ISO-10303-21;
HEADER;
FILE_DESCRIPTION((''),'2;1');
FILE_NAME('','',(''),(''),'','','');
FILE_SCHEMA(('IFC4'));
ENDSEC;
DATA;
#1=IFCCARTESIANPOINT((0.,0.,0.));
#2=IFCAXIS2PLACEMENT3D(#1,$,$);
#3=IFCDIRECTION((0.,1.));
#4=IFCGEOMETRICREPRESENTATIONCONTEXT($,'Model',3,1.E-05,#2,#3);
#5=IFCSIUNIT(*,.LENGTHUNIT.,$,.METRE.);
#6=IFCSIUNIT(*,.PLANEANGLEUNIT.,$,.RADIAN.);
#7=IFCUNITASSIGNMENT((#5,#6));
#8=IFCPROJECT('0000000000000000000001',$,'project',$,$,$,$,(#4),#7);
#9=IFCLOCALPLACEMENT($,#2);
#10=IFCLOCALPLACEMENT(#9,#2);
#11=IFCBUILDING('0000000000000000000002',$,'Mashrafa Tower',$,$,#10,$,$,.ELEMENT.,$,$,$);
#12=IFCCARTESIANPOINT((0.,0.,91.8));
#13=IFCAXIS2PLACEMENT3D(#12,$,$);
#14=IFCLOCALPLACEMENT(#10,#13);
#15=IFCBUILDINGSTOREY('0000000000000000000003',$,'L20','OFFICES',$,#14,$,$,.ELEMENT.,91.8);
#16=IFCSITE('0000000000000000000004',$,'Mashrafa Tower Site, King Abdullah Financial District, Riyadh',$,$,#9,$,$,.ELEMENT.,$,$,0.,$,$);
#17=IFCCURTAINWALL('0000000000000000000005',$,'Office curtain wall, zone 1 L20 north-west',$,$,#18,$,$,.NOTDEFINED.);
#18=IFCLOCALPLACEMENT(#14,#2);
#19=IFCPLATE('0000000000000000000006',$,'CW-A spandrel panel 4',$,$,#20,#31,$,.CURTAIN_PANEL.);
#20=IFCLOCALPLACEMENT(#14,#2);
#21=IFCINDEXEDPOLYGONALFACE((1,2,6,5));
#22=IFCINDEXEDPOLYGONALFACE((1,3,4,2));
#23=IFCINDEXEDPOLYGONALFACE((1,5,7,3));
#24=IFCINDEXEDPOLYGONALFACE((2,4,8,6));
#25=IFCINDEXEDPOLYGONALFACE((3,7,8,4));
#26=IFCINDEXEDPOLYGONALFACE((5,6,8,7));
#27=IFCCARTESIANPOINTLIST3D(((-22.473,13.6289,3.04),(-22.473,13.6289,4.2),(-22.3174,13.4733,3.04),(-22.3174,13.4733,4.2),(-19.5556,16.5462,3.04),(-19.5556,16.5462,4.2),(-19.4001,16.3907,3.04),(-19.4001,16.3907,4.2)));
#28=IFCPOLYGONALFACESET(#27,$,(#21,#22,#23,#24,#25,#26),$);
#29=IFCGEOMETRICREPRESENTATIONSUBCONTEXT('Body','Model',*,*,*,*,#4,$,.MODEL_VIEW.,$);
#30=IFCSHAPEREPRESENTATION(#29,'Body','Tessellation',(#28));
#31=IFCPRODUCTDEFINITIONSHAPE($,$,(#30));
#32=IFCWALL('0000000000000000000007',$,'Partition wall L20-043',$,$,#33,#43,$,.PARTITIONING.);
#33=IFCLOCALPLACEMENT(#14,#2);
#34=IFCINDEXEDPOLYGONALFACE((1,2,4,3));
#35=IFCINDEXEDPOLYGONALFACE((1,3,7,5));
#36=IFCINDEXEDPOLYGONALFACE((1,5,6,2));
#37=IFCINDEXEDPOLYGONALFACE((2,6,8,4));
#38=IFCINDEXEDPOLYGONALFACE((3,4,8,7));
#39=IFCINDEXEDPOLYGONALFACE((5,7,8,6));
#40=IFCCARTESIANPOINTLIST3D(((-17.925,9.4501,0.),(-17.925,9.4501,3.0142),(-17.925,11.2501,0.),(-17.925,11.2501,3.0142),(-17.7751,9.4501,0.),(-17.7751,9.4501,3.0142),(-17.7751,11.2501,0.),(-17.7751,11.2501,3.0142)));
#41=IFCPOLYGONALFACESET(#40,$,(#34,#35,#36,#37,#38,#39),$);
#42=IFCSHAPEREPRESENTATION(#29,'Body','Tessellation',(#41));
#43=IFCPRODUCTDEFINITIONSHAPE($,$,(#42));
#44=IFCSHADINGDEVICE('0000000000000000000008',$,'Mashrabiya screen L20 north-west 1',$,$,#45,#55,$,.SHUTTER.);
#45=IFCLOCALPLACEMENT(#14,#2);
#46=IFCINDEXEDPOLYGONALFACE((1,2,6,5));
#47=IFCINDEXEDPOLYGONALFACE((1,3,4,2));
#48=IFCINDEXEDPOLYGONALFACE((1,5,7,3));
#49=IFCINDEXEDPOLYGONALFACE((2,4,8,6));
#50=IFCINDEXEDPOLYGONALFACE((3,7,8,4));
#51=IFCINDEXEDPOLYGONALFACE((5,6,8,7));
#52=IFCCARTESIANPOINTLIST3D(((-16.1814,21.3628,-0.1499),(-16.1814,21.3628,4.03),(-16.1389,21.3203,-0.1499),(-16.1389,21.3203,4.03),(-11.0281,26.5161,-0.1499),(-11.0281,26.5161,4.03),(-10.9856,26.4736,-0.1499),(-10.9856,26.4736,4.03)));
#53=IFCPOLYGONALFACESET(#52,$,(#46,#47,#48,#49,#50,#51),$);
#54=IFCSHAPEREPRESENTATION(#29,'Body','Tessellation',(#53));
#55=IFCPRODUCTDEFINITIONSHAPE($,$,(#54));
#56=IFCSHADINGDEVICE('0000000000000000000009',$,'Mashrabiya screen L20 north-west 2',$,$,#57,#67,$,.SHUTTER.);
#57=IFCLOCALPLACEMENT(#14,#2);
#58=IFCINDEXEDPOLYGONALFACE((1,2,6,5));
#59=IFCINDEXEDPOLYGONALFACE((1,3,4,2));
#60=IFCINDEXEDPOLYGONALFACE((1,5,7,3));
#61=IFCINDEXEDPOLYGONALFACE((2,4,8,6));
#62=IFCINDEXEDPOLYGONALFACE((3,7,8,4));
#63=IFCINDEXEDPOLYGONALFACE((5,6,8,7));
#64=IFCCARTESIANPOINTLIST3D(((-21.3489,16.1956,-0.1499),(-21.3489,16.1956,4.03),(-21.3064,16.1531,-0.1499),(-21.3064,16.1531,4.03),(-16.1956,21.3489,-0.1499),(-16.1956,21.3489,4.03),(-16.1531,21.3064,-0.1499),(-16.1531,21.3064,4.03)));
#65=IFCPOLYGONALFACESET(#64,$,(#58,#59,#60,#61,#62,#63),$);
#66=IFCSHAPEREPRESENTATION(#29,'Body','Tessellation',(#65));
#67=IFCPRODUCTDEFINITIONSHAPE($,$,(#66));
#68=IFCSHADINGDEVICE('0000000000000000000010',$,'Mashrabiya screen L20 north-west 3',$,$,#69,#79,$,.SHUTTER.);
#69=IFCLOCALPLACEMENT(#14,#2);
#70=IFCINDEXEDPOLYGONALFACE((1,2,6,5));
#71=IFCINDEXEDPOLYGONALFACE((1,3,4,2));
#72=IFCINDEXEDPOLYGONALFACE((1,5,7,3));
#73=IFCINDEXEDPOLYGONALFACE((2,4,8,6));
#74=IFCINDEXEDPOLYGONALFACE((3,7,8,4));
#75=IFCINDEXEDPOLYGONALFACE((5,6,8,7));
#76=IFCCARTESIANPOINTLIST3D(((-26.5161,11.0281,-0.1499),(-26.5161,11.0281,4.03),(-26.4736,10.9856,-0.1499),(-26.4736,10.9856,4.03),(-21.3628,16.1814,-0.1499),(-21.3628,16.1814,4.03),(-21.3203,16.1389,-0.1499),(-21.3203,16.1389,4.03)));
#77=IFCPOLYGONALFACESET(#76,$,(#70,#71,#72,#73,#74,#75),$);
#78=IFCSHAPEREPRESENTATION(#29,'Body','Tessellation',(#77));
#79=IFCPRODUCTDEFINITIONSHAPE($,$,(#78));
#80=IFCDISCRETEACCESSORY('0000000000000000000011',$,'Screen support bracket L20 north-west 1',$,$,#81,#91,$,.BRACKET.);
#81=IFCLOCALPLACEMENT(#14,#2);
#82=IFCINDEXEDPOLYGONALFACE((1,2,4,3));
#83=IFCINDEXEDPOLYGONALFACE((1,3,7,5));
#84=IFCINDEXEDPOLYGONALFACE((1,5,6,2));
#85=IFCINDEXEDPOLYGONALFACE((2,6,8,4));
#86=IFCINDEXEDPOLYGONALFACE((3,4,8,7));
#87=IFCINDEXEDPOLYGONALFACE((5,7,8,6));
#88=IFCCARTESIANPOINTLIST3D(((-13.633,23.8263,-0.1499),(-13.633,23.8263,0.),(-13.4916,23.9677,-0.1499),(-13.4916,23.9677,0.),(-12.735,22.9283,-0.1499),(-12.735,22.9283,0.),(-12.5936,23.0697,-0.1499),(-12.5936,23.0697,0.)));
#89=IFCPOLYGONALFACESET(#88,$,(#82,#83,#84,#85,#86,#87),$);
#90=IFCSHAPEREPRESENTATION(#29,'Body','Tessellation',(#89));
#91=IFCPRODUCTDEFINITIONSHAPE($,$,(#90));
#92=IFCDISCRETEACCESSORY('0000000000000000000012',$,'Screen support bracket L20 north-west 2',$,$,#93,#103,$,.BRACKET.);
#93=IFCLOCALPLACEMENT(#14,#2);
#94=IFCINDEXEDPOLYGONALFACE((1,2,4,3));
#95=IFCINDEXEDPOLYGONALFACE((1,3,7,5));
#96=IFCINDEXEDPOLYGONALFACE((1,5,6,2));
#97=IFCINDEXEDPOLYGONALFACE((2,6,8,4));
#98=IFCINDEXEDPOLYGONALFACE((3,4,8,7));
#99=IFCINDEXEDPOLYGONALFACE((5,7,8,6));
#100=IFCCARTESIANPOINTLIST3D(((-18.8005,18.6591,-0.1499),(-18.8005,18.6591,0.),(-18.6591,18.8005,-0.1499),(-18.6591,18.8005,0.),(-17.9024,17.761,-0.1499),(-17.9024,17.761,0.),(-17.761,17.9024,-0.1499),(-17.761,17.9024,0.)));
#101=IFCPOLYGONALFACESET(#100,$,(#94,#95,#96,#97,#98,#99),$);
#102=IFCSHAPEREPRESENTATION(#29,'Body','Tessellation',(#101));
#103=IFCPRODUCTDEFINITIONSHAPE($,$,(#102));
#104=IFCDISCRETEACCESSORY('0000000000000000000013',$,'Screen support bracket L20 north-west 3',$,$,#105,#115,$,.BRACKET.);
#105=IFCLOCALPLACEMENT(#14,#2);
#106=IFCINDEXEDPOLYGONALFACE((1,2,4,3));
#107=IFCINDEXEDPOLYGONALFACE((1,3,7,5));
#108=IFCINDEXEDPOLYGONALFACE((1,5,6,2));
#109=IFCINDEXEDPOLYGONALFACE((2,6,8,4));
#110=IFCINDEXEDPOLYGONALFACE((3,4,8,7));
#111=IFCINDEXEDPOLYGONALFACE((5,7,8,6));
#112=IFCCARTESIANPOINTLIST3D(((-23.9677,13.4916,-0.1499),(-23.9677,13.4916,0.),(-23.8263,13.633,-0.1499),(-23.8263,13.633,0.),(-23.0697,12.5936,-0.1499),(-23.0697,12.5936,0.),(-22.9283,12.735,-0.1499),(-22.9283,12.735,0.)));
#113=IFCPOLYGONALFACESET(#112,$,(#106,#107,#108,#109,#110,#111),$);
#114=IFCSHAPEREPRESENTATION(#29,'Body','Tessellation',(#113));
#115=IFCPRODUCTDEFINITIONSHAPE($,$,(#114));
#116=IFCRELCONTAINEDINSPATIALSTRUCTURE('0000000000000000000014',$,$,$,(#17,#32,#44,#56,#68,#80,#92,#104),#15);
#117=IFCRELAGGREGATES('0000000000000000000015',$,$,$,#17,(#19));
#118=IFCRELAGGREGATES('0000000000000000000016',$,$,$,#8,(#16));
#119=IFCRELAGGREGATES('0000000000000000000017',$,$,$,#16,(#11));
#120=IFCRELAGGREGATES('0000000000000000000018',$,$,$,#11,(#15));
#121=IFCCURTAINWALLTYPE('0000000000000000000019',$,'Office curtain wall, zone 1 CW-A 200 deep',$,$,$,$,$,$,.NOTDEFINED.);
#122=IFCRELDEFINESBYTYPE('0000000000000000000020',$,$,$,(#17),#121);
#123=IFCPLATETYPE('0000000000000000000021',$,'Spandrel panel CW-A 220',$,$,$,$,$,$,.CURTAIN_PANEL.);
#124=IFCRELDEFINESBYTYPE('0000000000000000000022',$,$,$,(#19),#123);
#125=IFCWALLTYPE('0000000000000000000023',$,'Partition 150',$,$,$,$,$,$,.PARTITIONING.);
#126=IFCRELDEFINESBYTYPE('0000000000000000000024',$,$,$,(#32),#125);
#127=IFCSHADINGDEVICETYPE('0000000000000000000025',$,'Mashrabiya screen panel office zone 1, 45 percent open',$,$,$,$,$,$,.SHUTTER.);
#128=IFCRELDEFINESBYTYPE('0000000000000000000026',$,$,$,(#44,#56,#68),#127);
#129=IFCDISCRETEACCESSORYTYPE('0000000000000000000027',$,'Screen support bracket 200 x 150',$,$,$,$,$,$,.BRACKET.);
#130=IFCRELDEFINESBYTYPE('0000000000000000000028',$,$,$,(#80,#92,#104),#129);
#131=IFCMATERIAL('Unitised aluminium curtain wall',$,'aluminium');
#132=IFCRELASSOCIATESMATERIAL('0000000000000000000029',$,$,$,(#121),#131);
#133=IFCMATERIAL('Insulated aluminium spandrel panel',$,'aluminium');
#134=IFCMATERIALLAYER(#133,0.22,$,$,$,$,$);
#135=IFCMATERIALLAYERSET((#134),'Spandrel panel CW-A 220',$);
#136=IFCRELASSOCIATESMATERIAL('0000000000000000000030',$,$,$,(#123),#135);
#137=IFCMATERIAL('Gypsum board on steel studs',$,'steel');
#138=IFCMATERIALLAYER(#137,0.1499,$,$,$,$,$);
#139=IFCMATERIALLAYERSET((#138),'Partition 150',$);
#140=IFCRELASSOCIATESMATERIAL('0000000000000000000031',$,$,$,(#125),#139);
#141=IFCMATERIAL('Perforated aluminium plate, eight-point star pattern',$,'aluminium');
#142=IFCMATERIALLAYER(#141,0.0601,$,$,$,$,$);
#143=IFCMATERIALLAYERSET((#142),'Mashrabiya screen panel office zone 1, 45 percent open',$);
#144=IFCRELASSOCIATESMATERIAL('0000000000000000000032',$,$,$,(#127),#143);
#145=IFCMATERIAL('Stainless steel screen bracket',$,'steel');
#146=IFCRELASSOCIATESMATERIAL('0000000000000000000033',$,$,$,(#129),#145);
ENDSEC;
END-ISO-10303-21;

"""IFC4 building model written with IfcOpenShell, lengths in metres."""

from ifc_helpers import new_model, si_unit, direction, frame, frame_2d, origin, origin_2d, place, context, subcontext, project, spatial, rectangle, extrude, source, transform, mapped, material, layer, layer_set, type_object, type_shapes, element, aggregate, save


model = new_model("IFC4")

# Units and contexts
model_context = context("Model", 3, precision=1e-05, world=origin(), true_north=direction((0.0, 1.0)))
body_context = subcontext(model_context, "Body", "Model", "MODEL_VIEW")
ifc_project = project(units=[si_unit("LENGTHUNIT", "METRE"), si_unit("PLANEANGLEUNIT", "RADIAN")], contexts=[model_context])

# Site, building, storey
site_placement = place(None, origin())
site = spatial("IfcSite", under=ifc_project, at=site_placement, Name="Mashrafa Tower Site, King Abdullah Financial District, Riyadh", CompositionType="ELEMENT", RefElevation=0.0)
building_placement = place(site_placement, origin())
building = spatial("IfcBuilding", under=site, at=building_placement, Name="Mashrafa Tower", CompositionType="ELEMENT")
storey_placement = place(building_placement, frame((0.0, 0.0, 91.8)))
storey = spatial("IfcBuildingStorey", under=building, at=storey_placement, Name="L20", Description="OFFICES", CompositionType="ELEMENT", Elevation=91.8)

# Curtain wall
ifc_material_1 = material(Name="Unitised aluminium curtain wall", Category="aluminium")
curtain_wall_type = type_object("IfcCurtainWallType", Name="Office curtain wall, zone 1 CW-A 200 deep", PredefinedType="NOTDEFINED", material=ifc_material_1)
curtain_wall_1_placement = place(storey_placement, origin())
curtain_wall_1 = element("IfcCurtainWall", 1, at=curtain_wall_1_placement, inside=storey, type_object=curtain_wall_type, Name="Office curtain wall, zone 1 L20 north-west", PredefinedType="NOTDEFINED")

# Plate
ifc_material_2 = material(Name="Insulated aluminium spandrel panel", Category="aluminium")
ifc_layer_1 = layer(ifc_material_2, 0.22)
ifc_layer_set_1 = layer_set([ifc_layer_1], Name="Spandrel panel CW-A 220")
plate_type_1 = type_object("IfcPlateType", Name="Spandrel panel CW-A 220", PredefinedType="CURTAIN_PANEL", material=ifc_layer_set_1)
shared_shape_1 = source(origin(), body_context, "Body", "SweptSolid", [
    extrude(rectangle(XDim=4.1257, YDim=0.22, at=origin_2d()), origin(), (0.0, 0.0, 1.0), 1.1599),
])
plate_1_placement = place(storey_placement, frame((-20.9365, 15.0098, 3.04), z_axis=(0.0, 0.0, 1.0), x_axis=(-0.707107, -0.707107, 0.0)))
plate_1 = element("IfcPlate", 2, at=plate_1_placement, type_object=plate_type_1, Name="CW-A spandrel panel 4", PredefinedType="CURTAIN_PANEL", context=body_context, shape_type="MappedRepresentation", body=[
    mapped(shared_shape_1, transform((0.0, 0.0, 0.0))),
])
aggregate(curtain_wall_1, [plate_1])

# Wall
ifc_material_3 = material(Name="Gypsum board on steel studs", Category="steel")
ifc_layer_2 = layer(ifc_material_3, 0.1499)
ifc_layer_set_2 = layer_set([ifc_layer_2], Name="Partition 150")
wall_type = type_object("IfcWallType", Name="Partition 150", PredefinedType="PARTITIONING", material=ifc_layer_set_2)
wall_placement = place(storey_placement, frame((-17.8501, 11.25, 0.0), z_axis=(0.0, 0.0, 1.0), x_axis=(0.0, -1.0, 0.0)))
element("IfcWall", 3, at=wall_placement, inside=storey, type_object=wall_type, Name="Partition wall L20-043", PredefinedType="PARTITIONING", context=body_context, shape_type="SweptSolid", body=[
    extrude(rectangle(XDim=1.8, YDim=0.1499, at=frame_2d((0.8999, 0.0))), origin(), (0.0, 0.0, 1.0), 3.0142),
])

# Shading devices
ifc_material_4 = material(Name="Perforated aluminium plate, eight-point star pattern", Category="aluminium")
ifc_layer_3 = layer(ifc_material_4, 0.0601)
ifc_layer_set_3 = layer_set([ifc_layer_3], Name="Mashrabiya screen panel office zone 1, 45 percent open")
shading_device_type = type_object("IfcShadingDeviceType", Name="Mashrabiya screen panel office zone 1, 45 percent open", PredefinedType="SHUTTER", material=ifc_layer_set_3)
shared_shape_2 = source(origin(), body_context, "Body", "SweptSolid", [
    extrude(rectangle(XDim=7.2878, YDim=0.0601, at=origin_2d()), origin(), (0.0, 0.0, 1.0), 4.1799),
])
type_shapes(shading_device_type, [shared_shape_2])
for number, where, z_axis, x_axis, name in (
    (4, (-13.5835, 23.9182, -0.1499), (0.0, 0.0, 1.0), (-0.707107, -0.707107, 0.0), "Mashrabiya screen L20 north-west 1"),
    (5, (-18.751, 18.751, -0.1499), (0.0, 0.0, 1.0), (-0.707107, -0.707107, 0.0), "Mashrabiya screen L20 north-west 2"),
    (6, (-23.9182, 13.5835, -0.1499), (0.0, 0.0, 1.0), (-0.707107, -0.707107, 0.0), "Mashrabiya screen L20 north-west 3"),
):
    element("IfcShadingDevice", number, at=place(storey_placement, frame(where, z_axis=z_axis, x_axis=x_axis)), inside=storey, type_object=shading_device_type, Name=name, PredefinedType="SHUTTER", context=body_context, shape_type="MappedRepresentation", body=[
        mapped(shared_shape_2, transform((0.0, 0.0, 0.0))),
    ])

# Discrete accessories
ifc_material_5 = material(Name="Stainless steel screen bracket", Category="steel")
discrete_accessory_type = type_object("IfcDiscreteAccessoryType", Name="Screen support bracket 200 x 150", PredefinedType="BRACKET", material=ifc_material_5)
shared_shape_3 = source(origin(), body_context, "Body", "SweptSolid", [
    extrude(rectangle(XDim=0.2, YDim=1.27, at=origin_2d()), origin(), (0.0, 0.0, 1.0), 0.1499),
])
type_shapes(discrete_accessory_type, [shared_shape_3])
for number, where, z_axis, x_axis, name in (
    (7, (-13.1133, 23.448, -0.1499), (0.0, 0.0, 1.0), (-0.707107, -0.707107, 0.0), "Screen support bracket L20 north-west 1"),
    (8, (-18.2808, 18.2808, -0.1499), (0.0, 0.0, 1.0), (-0.707107, -0.707107, 0.0), "Screen support bracket L20 north-west 2"),
    (9, (-23.448, 13.1133, -0.1499), (0.0, 0.0, 1.0), (-0.707107, -0.707107, 0.0), "Screen support bracket L20 north-west 3"),
):
    element("IfcDiscreteAccessory", number, at=place(storey_placement, frame(where, z_axis=z_axis, x_axis=x_axis)), inside=storey, type_object=discrete_accessory_type, Name=name, PredefinedType="BRACKET", context=body_context, shape_type="MappedRepresentation", body=[
        mapped(shared_shape_3, transform((0.0, 0.0, 0.0))),
    ])

save(model, "model.ifc")
